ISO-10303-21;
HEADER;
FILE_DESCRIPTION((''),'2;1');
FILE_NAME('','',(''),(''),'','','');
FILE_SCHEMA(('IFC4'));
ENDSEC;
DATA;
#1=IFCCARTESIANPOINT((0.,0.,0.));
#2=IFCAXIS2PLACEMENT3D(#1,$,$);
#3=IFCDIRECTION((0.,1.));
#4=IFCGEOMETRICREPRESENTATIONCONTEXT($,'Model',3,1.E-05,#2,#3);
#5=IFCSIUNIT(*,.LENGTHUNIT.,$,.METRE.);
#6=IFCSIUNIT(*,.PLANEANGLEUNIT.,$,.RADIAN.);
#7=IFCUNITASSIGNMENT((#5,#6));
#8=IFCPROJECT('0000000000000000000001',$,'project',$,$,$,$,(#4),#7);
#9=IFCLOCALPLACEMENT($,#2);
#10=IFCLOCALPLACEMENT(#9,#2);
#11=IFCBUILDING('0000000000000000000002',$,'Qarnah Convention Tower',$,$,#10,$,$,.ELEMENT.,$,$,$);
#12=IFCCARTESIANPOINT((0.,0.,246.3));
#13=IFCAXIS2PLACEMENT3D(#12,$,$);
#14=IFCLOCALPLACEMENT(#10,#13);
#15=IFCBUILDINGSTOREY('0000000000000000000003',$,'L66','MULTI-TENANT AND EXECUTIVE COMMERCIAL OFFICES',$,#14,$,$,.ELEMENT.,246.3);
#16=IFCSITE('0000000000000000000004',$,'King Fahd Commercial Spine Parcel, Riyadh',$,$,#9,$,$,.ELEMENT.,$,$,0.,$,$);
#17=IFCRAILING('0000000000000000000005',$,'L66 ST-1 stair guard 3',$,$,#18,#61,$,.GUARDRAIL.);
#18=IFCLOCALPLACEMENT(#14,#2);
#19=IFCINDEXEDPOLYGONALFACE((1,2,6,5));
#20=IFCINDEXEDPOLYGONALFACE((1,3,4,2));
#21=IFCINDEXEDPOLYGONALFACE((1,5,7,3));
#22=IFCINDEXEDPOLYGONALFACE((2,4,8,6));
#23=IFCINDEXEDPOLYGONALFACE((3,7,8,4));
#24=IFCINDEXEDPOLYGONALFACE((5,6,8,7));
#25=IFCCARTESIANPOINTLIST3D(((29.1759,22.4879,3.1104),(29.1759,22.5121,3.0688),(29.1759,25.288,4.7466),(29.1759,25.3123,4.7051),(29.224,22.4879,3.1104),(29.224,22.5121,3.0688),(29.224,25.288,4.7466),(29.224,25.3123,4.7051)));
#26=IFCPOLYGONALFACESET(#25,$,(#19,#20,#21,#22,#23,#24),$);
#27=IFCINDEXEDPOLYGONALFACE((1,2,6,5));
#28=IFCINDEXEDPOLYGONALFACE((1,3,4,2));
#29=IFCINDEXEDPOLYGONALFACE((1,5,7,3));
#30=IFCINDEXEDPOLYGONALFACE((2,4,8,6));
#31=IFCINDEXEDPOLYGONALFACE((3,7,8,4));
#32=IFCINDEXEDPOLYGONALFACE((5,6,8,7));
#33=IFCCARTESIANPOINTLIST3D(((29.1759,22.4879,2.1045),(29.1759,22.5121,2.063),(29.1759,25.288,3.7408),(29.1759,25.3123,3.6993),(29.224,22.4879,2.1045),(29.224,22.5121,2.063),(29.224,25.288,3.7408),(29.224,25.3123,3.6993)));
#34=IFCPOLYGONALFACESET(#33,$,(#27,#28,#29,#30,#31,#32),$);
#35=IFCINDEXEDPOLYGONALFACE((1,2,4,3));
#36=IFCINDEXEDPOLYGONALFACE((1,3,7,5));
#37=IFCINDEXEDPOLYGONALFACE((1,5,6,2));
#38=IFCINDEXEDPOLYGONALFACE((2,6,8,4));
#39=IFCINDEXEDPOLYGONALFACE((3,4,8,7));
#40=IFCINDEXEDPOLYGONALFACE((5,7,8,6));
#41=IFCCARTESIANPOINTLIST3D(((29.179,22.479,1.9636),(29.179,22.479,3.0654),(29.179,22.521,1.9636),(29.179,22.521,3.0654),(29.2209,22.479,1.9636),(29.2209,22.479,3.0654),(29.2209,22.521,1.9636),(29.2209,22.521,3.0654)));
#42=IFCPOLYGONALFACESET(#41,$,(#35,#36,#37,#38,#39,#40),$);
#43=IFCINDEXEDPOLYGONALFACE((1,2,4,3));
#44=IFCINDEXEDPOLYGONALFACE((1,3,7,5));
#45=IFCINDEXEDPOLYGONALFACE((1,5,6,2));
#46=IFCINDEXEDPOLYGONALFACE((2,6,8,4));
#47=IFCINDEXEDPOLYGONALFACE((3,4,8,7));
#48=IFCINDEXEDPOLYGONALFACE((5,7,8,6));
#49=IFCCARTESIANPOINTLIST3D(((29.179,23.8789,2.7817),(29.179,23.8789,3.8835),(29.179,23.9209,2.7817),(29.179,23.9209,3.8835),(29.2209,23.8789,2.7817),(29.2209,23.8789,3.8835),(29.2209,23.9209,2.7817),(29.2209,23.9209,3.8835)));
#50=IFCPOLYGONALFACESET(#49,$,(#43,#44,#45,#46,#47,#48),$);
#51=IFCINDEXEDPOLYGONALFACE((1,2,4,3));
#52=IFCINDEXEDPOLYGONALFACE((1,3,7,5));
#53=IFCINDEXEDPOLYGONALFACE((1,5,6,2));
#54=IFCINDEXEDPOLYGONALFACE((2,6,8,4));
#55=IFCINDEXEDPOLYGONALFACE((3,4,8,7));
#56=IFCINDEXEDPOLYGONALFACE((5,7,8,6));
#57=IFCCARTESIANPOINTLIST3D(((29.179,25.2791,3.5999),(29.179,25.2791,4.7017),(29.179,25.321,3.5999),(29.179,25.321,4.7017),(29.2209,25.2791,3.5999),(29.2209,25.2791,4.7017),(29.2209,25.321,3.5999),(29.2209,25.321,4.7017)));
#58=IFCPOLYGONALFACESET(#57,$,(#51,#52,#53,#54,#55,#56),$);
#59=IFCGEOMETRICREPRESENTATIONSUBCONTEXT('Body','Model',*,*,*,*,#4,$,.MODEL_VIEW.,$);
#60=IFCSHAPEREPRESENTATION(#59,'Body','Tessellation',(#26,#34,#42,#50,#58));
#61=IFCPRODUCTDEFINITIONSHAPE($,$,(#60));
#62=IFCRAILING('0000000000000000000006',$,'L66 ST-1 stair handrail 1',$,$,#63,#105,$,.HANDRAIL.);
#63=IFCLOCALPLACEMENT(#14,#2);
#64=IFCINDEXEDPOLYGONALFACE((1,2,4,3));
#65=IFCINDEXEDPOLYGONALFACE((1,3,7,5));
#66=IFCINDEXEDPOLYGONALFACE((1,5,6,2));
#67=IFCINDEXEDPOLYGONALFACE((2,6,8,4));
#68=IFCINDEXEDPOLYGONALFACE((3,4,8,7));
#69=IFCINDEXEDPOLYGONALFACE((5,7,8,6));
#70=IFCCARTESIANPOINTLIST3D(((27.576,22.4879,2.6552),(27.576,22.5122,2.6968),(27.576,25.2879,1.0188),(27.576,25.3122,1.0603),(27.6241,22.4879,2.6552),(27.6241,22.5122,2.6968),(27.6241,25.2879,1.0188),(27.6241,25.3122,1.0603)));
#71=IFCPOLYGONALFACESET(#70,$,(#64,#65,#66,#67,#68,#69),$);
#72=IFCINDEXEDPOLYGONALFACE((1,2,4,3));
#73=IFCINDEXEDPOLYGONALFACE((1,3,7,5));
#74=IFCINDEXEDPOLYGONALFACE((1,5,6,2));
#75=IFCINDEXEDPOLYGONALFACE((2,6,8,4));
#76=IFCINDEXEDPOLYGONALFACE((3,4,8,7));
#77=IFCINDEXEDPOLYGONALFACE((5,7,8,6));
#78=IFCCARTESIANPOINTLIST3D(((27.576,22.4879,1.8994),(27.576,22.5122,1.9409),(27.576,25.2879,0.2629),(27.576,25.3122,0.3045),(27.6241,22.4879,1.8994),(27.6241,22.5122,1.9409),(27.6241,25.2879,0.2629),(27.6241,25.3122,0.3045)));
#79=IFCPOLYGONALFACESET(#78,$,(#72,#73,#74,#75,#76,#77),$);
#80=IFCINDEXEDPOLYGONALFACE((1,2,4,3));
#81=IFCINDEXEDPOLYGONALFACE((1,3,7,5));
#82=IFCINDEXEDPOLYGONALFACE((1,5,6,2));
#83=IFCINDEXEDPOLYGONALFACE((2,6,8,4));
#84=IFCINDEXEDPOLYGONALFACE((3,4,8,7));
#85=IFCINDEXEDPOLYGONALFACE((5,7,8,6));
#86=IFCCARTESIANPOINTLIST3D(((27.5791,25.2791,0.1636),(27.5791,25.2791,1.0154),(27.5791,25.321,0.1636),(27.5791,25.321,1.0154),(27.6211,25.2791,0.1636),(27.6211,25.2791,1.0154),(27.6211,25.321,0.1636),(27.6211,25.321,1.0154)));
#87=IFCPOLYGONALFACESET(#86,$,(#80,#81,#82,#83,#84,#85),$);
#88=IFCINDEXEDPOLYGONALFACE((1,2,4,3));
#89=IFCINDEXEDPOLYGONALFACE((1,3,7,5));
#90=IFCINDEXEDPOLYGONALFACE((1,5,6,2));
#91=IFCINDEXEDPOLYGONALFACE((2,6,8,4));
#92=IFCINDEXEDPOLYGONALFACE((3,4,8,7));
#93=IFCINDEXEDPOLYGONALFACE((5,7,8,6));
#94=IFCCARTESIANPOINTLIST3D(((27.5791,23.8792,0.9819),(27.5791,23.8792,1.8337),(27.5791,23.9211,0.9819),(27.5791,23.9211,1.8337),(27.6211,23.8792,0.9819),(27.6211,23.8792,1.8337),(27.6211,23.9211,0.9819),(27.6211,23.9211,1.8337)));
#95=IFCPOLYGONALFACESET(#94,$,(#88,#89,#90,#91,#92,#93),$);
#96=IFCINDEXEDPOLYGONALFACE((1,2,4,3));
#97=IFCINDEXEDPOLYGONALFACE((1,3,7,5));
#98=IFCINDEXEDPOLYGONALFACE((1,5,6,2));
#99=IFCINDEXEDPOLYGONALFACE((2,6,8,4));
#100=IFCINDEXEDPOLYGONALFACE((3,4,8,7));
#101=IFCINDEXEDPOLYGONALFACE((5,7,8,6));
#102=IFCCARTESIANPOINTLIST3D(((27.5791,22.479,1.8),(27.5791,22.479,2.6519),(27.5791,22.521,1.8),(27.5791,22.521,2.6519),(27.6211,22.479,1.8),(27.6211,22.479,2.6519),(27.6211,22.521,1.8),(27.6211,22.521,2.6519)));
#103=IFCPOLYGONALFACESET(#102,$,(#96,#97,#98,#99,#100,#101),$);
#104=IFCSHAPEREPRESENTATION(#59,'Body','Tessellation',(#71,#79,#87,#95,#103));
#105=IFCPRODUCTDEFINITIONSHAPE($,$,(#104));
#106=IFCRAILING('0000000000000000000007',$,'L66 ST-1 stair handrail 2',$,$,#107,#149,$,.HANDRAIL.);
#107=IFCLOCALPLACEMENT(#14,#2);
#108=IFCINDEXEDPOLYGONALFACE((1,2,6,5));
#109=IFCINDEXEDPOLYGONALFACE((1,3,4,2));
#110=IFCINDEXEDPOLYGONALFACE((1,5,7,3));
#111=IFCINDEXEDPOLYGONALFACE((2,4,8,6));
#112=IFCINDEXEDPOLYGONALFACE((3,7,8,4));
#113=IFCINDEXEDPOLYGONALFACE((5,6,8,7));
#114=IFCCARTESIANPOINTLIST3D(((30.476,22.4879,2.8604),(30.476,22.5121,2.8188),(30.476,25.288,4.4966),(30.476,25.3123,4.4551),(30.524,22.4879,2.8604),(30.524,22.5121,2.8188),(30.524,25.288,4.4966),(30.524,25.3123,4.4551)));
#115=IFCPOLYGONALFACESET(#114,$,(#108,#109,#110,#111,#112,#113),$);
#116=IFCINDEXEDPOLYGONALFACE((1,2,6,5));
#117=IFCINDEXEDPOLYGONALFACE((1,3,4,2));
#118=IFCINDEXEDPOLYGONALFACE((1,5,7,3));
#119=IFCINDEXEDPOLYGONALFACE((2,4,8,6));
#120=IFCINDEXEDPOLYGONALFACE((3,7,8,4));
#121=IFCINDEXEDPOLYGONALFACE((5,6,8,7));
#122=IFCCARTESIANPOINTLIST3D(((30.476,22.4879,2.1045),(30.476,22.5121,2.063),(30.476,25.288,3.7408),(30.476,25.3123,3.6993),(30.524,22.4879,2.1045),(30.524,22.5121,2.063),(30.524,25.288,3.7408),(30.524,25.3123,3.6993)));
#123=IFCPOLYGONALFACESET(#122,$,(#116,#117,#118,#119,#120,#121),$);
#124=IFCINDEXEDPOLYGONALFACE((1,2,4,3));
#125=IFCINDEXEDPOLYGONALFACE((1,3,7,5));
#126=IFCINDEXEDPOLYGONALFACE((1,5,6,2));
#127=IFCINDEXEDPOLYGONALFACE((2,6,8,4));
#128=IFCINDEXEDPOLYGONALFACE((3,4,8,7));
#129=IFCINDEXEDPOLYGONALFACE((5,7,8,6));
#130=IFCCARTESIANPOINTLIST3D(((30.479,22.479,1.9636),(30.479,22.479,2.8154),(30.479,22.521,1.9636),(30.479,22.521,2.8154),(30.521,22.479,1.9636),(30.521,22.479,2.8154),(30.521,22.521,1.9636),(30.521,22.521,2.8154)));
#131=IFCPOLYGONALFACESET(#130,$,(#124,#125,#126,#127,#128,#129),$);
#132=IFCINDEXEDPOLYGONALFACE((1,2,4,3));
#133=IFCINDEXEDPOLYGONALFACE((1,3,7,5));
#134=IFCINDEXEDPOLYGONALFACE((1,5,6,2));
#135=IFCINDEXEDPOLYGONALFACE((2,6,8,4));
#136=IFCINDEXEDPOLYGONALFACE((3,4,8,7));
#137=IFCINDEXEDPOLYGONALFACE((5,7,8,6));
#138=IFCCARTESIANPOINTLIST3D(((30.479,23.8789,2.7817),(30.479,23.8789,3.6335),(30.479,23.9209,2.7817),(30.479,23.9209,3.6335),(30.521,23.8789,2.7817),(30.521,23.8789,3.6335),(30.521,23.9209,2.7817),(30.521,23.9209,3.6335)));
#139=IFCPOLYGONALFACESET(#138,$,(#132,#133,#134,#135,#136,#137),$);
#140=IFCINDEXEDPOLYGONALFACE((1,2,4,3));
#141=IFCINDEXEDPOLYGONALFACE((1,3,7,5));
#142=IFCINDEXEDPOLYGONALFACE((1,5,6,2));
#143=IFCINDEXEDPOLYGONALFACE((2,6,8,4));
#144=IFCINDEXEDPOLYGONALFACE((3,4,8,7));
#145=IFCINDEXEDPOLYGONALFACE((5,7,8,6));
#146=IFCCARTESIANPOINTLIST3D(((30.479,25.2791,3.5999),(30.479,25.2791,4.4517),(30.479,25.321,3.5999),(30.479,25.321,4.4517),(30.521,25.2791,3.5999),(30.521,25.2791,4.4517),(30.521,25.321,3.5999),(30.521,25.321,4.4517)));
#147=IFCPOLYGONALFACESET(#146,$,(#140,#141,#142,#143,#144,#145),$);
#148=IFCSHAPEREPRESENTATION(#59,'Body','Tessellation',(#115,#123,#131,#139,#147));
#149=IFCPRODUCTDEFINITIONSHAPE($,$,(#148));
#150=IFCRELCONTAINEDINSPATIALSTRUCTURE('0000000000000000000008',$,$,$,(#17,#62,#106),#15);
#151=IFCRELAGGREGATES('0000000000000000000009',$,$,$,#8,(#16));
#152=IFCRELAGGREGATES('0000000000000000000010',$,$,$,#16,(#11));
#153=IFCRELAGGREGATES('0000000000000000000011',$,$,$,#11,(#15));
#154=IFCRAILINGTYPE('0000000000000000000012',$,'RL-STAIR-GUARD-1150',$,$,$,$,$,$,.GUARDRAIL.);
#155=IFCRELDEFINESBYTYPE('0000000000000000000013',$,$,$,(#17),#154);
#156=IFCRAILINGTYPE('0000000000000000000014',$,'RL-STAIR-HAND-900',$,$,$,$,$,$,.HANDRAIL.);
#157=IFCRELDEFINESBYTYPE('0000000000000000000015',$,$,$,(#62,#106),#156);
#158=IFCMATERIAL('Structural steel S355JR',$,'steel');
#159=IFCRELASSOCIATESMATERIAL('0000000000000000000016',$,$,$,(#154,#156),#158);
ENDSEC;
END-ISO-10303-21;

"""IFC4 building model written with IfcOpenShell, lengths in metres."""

from ifc_helpers import new_model, si_unit, direction, frame, origin, origin_2d, place, context, subcontext, project, spatial, rectangle, extrude, material, type_object, element, save


model = new_model("IFC4")

# Units and contexts
model_context = context("Model", 3, precision=1e-05, world=origin(), true_north=direction((0.0, 1.0)))
body_context = subcontext(model_context, "Body", "Model", "MODEL_VIEW")
ifc_project = project(units=[si_unit("LENGTHUNIT", "METRE"), si_unit("PLANEANGLEUNIT", "RADIAN")], contexts=[model_context])

# Site, building, storey
site_placement = place(None, origin())
site = spatial("IfcSite", under=ifc_project, at=site_placement, Name="King Fahd Commercial Spine Parcel, Riyadh", CompositionType="ELEMENT", RefElevation=0.0)
building_placement = place(site_placement, origin())
building = spatial("IfcBuilding", under=site, at=building_placement, Name="Qarnah Convention Tower", CompositionType="ELEMENT")
storey_placement = place(building_placement, frame((0.0, 0.0, 246.3)))
storey = spatial("IfcBuildingStorey", under=building, at=storey_placement, Name="L66", Description="MULTI-TENANT AND EXECUTIVE COMMERCIAL OFFICES", CompositionType="ELEMENT", Elevation=246.3)

# Shared definitions
ifc_material_1 = material(Name="Structural steel S355JR", Category="steel")

# Railings
railing_type_1 = type_object("IfcRailingType", Name="RL-STAIR-GUARD-1150", PredefinedType="GUARDRAIL", material=ifc_material_1)
railing_1_placement = place(storey_placement, frame((29.2, 22.5, 1.9636)))
element("IfcRailing", 1, at=railing_1_placement, inside=storey, type_object=railing_type_1, Name="L66 ST-1 stair guard 3", PredefinedType="GUARDRAIL", context=body_context, shape_type="SweptSolid", body=[
    extrude(rectangle(XDim=0.0481, YDim=0.0481, at=origin_2d()), frame((0.0, 0.0, 1.126), z_axis=(0.0, 0.863394, 0.504531), x_axis=(-1.0, 0.0, 0.0)), (0.0, 0.0, 1.0), 3.2432),
    extrude(rectangle(XDim=0.0481, YDim=0.0481, at=origin_2d()), frame((0.0, 0.0, 0.1201), z_axis=(0.0, 0.863394, 0.504531), x_axis=(-1.0, 0.0, 0.0)), (0.0, 0.0, 1.0), 3.2432),
    extrude(rectangle(XDim=0.042, YDim=0.042, at=origin_2d()), origin(), (0.0, 0.0, 1.0), 1.1018),
    extrude(rectangle(XDim=0.042, YDim=0.042, at=origin_2d()), frame((0.0, 1.3999, 0.8181)), (0.0, 0.0, 1.0), 1.1018),
    extrude(rectangle(XDim=0.042, YDim=0.042, at=origin_2d()), frame((0.0, 2.8, 1.6362)), (0.0, 0.0, 1.0), 1.1018),
])
railing_type_2 = type_object("IfcRailingType", Name="RL-STAIR-HAND-900", PredefinedType="HANDRAIL", material=ifc_material_1)
railing_2_placement = place(storey_placement, frame((27.6001, 25.3, 0.1636)))
element("IfcRailing", 2, at=railing_2_placement, inside=storey, type_object=railing_type_2, Name="L66 ST-1 stair handrail 1", PredefinedType="HANDRAIL", context=body_context, shape_type="SweptSolid", body=[
    extrude(rectangle(XDim=0.0481, YDim=0.0481, at=origin_2d()), frame((0.0, 0.0, 0.876), z_axis=(0.0, -0.863361, 0.504587), x_axis=(1.0, 0.0, 0.0)), (0.0, 0.0, 1.0), 3.2432),
    extrude(rectangle(XDim=0.0481, YDim=0.0481, at=origin_2d()), frame((0.0, 0.0, 0.1201), z_axis=(0.0, -0.863361, 0.504587), x_axis=(1.0, 0.0, 0.0)), (0.0, 0.0, 1.0), 3.2432),
    extrude(rectangle(XDim=0.042, YDim=0.042, at=origin_2d()), origin(), (0.0, 0.0, 1.0), 0.8518),
    extrude(rectangle(XDim=0.042, YDim=0.042, at=origin_2d()), frame((0.0, -1.3999, 0.8184)), (0.0, 0.0, 1.0), 0.8518),
    extrude(rectangle(XDim=0.042, YDim=0.042, at=origin_2d()), frame((0.0, -2.8, 1.6365)), (0.0, 0.0, 1.0), 0.8518),
])
railing_3_placement = place(storey_placement, frame((30.5, 22.5, 1.9636)))
element("IfcRailing", 3, at=railing_3_placement, inside=storey, type_object=railing_type_2, Name="L66 ST-1 stair handrail 2", PredefinedType="HANDRAIL", context=body_context, shape_type="SweptSolid", body=[
    extrude(rectangle(XDim=0.0481, YDim=0.0481, at=origin_2d()), frame((0.0, 0.0, 0.876), z_axis=(0.0, 0.863394, 0.504531), x_axis=(-1.0, 0.0, 0.0)), (0.0, 0.0, 1.0), 3.2432),
    extrude(rectangle(XDim=0.0481, YDim=0.0481, at=origin_2d()), frame((0.0, 0.0, 0.1201), z_axis=(0.0, 0.863394, 0.504531), x_axis=(-1.0, 0.0, 0.0)), (0.0, 0.0, 1.0), 3.2432),
    extrude(rectangle(XDim=0.042, YDim=0.042, at=origin_2d()), origin(), (0.0, 0.0, 1.0), 0.8518),
    extrude(rectangle(XDim=0.042, YDim=0.042, at=origin_2d()), frame((0.0, 1.3999, 0.8181)), (0.0, 0.0, 1.0), 0.8518),
    extrude(rectangle(XDim=0.042, YDim=0.042, at=origin_2d()), frame((0.0, 2.8, 1.6362)), (0.0, 0.0, 1.0), 0.8518),
])

save(model, "model.ifc")
